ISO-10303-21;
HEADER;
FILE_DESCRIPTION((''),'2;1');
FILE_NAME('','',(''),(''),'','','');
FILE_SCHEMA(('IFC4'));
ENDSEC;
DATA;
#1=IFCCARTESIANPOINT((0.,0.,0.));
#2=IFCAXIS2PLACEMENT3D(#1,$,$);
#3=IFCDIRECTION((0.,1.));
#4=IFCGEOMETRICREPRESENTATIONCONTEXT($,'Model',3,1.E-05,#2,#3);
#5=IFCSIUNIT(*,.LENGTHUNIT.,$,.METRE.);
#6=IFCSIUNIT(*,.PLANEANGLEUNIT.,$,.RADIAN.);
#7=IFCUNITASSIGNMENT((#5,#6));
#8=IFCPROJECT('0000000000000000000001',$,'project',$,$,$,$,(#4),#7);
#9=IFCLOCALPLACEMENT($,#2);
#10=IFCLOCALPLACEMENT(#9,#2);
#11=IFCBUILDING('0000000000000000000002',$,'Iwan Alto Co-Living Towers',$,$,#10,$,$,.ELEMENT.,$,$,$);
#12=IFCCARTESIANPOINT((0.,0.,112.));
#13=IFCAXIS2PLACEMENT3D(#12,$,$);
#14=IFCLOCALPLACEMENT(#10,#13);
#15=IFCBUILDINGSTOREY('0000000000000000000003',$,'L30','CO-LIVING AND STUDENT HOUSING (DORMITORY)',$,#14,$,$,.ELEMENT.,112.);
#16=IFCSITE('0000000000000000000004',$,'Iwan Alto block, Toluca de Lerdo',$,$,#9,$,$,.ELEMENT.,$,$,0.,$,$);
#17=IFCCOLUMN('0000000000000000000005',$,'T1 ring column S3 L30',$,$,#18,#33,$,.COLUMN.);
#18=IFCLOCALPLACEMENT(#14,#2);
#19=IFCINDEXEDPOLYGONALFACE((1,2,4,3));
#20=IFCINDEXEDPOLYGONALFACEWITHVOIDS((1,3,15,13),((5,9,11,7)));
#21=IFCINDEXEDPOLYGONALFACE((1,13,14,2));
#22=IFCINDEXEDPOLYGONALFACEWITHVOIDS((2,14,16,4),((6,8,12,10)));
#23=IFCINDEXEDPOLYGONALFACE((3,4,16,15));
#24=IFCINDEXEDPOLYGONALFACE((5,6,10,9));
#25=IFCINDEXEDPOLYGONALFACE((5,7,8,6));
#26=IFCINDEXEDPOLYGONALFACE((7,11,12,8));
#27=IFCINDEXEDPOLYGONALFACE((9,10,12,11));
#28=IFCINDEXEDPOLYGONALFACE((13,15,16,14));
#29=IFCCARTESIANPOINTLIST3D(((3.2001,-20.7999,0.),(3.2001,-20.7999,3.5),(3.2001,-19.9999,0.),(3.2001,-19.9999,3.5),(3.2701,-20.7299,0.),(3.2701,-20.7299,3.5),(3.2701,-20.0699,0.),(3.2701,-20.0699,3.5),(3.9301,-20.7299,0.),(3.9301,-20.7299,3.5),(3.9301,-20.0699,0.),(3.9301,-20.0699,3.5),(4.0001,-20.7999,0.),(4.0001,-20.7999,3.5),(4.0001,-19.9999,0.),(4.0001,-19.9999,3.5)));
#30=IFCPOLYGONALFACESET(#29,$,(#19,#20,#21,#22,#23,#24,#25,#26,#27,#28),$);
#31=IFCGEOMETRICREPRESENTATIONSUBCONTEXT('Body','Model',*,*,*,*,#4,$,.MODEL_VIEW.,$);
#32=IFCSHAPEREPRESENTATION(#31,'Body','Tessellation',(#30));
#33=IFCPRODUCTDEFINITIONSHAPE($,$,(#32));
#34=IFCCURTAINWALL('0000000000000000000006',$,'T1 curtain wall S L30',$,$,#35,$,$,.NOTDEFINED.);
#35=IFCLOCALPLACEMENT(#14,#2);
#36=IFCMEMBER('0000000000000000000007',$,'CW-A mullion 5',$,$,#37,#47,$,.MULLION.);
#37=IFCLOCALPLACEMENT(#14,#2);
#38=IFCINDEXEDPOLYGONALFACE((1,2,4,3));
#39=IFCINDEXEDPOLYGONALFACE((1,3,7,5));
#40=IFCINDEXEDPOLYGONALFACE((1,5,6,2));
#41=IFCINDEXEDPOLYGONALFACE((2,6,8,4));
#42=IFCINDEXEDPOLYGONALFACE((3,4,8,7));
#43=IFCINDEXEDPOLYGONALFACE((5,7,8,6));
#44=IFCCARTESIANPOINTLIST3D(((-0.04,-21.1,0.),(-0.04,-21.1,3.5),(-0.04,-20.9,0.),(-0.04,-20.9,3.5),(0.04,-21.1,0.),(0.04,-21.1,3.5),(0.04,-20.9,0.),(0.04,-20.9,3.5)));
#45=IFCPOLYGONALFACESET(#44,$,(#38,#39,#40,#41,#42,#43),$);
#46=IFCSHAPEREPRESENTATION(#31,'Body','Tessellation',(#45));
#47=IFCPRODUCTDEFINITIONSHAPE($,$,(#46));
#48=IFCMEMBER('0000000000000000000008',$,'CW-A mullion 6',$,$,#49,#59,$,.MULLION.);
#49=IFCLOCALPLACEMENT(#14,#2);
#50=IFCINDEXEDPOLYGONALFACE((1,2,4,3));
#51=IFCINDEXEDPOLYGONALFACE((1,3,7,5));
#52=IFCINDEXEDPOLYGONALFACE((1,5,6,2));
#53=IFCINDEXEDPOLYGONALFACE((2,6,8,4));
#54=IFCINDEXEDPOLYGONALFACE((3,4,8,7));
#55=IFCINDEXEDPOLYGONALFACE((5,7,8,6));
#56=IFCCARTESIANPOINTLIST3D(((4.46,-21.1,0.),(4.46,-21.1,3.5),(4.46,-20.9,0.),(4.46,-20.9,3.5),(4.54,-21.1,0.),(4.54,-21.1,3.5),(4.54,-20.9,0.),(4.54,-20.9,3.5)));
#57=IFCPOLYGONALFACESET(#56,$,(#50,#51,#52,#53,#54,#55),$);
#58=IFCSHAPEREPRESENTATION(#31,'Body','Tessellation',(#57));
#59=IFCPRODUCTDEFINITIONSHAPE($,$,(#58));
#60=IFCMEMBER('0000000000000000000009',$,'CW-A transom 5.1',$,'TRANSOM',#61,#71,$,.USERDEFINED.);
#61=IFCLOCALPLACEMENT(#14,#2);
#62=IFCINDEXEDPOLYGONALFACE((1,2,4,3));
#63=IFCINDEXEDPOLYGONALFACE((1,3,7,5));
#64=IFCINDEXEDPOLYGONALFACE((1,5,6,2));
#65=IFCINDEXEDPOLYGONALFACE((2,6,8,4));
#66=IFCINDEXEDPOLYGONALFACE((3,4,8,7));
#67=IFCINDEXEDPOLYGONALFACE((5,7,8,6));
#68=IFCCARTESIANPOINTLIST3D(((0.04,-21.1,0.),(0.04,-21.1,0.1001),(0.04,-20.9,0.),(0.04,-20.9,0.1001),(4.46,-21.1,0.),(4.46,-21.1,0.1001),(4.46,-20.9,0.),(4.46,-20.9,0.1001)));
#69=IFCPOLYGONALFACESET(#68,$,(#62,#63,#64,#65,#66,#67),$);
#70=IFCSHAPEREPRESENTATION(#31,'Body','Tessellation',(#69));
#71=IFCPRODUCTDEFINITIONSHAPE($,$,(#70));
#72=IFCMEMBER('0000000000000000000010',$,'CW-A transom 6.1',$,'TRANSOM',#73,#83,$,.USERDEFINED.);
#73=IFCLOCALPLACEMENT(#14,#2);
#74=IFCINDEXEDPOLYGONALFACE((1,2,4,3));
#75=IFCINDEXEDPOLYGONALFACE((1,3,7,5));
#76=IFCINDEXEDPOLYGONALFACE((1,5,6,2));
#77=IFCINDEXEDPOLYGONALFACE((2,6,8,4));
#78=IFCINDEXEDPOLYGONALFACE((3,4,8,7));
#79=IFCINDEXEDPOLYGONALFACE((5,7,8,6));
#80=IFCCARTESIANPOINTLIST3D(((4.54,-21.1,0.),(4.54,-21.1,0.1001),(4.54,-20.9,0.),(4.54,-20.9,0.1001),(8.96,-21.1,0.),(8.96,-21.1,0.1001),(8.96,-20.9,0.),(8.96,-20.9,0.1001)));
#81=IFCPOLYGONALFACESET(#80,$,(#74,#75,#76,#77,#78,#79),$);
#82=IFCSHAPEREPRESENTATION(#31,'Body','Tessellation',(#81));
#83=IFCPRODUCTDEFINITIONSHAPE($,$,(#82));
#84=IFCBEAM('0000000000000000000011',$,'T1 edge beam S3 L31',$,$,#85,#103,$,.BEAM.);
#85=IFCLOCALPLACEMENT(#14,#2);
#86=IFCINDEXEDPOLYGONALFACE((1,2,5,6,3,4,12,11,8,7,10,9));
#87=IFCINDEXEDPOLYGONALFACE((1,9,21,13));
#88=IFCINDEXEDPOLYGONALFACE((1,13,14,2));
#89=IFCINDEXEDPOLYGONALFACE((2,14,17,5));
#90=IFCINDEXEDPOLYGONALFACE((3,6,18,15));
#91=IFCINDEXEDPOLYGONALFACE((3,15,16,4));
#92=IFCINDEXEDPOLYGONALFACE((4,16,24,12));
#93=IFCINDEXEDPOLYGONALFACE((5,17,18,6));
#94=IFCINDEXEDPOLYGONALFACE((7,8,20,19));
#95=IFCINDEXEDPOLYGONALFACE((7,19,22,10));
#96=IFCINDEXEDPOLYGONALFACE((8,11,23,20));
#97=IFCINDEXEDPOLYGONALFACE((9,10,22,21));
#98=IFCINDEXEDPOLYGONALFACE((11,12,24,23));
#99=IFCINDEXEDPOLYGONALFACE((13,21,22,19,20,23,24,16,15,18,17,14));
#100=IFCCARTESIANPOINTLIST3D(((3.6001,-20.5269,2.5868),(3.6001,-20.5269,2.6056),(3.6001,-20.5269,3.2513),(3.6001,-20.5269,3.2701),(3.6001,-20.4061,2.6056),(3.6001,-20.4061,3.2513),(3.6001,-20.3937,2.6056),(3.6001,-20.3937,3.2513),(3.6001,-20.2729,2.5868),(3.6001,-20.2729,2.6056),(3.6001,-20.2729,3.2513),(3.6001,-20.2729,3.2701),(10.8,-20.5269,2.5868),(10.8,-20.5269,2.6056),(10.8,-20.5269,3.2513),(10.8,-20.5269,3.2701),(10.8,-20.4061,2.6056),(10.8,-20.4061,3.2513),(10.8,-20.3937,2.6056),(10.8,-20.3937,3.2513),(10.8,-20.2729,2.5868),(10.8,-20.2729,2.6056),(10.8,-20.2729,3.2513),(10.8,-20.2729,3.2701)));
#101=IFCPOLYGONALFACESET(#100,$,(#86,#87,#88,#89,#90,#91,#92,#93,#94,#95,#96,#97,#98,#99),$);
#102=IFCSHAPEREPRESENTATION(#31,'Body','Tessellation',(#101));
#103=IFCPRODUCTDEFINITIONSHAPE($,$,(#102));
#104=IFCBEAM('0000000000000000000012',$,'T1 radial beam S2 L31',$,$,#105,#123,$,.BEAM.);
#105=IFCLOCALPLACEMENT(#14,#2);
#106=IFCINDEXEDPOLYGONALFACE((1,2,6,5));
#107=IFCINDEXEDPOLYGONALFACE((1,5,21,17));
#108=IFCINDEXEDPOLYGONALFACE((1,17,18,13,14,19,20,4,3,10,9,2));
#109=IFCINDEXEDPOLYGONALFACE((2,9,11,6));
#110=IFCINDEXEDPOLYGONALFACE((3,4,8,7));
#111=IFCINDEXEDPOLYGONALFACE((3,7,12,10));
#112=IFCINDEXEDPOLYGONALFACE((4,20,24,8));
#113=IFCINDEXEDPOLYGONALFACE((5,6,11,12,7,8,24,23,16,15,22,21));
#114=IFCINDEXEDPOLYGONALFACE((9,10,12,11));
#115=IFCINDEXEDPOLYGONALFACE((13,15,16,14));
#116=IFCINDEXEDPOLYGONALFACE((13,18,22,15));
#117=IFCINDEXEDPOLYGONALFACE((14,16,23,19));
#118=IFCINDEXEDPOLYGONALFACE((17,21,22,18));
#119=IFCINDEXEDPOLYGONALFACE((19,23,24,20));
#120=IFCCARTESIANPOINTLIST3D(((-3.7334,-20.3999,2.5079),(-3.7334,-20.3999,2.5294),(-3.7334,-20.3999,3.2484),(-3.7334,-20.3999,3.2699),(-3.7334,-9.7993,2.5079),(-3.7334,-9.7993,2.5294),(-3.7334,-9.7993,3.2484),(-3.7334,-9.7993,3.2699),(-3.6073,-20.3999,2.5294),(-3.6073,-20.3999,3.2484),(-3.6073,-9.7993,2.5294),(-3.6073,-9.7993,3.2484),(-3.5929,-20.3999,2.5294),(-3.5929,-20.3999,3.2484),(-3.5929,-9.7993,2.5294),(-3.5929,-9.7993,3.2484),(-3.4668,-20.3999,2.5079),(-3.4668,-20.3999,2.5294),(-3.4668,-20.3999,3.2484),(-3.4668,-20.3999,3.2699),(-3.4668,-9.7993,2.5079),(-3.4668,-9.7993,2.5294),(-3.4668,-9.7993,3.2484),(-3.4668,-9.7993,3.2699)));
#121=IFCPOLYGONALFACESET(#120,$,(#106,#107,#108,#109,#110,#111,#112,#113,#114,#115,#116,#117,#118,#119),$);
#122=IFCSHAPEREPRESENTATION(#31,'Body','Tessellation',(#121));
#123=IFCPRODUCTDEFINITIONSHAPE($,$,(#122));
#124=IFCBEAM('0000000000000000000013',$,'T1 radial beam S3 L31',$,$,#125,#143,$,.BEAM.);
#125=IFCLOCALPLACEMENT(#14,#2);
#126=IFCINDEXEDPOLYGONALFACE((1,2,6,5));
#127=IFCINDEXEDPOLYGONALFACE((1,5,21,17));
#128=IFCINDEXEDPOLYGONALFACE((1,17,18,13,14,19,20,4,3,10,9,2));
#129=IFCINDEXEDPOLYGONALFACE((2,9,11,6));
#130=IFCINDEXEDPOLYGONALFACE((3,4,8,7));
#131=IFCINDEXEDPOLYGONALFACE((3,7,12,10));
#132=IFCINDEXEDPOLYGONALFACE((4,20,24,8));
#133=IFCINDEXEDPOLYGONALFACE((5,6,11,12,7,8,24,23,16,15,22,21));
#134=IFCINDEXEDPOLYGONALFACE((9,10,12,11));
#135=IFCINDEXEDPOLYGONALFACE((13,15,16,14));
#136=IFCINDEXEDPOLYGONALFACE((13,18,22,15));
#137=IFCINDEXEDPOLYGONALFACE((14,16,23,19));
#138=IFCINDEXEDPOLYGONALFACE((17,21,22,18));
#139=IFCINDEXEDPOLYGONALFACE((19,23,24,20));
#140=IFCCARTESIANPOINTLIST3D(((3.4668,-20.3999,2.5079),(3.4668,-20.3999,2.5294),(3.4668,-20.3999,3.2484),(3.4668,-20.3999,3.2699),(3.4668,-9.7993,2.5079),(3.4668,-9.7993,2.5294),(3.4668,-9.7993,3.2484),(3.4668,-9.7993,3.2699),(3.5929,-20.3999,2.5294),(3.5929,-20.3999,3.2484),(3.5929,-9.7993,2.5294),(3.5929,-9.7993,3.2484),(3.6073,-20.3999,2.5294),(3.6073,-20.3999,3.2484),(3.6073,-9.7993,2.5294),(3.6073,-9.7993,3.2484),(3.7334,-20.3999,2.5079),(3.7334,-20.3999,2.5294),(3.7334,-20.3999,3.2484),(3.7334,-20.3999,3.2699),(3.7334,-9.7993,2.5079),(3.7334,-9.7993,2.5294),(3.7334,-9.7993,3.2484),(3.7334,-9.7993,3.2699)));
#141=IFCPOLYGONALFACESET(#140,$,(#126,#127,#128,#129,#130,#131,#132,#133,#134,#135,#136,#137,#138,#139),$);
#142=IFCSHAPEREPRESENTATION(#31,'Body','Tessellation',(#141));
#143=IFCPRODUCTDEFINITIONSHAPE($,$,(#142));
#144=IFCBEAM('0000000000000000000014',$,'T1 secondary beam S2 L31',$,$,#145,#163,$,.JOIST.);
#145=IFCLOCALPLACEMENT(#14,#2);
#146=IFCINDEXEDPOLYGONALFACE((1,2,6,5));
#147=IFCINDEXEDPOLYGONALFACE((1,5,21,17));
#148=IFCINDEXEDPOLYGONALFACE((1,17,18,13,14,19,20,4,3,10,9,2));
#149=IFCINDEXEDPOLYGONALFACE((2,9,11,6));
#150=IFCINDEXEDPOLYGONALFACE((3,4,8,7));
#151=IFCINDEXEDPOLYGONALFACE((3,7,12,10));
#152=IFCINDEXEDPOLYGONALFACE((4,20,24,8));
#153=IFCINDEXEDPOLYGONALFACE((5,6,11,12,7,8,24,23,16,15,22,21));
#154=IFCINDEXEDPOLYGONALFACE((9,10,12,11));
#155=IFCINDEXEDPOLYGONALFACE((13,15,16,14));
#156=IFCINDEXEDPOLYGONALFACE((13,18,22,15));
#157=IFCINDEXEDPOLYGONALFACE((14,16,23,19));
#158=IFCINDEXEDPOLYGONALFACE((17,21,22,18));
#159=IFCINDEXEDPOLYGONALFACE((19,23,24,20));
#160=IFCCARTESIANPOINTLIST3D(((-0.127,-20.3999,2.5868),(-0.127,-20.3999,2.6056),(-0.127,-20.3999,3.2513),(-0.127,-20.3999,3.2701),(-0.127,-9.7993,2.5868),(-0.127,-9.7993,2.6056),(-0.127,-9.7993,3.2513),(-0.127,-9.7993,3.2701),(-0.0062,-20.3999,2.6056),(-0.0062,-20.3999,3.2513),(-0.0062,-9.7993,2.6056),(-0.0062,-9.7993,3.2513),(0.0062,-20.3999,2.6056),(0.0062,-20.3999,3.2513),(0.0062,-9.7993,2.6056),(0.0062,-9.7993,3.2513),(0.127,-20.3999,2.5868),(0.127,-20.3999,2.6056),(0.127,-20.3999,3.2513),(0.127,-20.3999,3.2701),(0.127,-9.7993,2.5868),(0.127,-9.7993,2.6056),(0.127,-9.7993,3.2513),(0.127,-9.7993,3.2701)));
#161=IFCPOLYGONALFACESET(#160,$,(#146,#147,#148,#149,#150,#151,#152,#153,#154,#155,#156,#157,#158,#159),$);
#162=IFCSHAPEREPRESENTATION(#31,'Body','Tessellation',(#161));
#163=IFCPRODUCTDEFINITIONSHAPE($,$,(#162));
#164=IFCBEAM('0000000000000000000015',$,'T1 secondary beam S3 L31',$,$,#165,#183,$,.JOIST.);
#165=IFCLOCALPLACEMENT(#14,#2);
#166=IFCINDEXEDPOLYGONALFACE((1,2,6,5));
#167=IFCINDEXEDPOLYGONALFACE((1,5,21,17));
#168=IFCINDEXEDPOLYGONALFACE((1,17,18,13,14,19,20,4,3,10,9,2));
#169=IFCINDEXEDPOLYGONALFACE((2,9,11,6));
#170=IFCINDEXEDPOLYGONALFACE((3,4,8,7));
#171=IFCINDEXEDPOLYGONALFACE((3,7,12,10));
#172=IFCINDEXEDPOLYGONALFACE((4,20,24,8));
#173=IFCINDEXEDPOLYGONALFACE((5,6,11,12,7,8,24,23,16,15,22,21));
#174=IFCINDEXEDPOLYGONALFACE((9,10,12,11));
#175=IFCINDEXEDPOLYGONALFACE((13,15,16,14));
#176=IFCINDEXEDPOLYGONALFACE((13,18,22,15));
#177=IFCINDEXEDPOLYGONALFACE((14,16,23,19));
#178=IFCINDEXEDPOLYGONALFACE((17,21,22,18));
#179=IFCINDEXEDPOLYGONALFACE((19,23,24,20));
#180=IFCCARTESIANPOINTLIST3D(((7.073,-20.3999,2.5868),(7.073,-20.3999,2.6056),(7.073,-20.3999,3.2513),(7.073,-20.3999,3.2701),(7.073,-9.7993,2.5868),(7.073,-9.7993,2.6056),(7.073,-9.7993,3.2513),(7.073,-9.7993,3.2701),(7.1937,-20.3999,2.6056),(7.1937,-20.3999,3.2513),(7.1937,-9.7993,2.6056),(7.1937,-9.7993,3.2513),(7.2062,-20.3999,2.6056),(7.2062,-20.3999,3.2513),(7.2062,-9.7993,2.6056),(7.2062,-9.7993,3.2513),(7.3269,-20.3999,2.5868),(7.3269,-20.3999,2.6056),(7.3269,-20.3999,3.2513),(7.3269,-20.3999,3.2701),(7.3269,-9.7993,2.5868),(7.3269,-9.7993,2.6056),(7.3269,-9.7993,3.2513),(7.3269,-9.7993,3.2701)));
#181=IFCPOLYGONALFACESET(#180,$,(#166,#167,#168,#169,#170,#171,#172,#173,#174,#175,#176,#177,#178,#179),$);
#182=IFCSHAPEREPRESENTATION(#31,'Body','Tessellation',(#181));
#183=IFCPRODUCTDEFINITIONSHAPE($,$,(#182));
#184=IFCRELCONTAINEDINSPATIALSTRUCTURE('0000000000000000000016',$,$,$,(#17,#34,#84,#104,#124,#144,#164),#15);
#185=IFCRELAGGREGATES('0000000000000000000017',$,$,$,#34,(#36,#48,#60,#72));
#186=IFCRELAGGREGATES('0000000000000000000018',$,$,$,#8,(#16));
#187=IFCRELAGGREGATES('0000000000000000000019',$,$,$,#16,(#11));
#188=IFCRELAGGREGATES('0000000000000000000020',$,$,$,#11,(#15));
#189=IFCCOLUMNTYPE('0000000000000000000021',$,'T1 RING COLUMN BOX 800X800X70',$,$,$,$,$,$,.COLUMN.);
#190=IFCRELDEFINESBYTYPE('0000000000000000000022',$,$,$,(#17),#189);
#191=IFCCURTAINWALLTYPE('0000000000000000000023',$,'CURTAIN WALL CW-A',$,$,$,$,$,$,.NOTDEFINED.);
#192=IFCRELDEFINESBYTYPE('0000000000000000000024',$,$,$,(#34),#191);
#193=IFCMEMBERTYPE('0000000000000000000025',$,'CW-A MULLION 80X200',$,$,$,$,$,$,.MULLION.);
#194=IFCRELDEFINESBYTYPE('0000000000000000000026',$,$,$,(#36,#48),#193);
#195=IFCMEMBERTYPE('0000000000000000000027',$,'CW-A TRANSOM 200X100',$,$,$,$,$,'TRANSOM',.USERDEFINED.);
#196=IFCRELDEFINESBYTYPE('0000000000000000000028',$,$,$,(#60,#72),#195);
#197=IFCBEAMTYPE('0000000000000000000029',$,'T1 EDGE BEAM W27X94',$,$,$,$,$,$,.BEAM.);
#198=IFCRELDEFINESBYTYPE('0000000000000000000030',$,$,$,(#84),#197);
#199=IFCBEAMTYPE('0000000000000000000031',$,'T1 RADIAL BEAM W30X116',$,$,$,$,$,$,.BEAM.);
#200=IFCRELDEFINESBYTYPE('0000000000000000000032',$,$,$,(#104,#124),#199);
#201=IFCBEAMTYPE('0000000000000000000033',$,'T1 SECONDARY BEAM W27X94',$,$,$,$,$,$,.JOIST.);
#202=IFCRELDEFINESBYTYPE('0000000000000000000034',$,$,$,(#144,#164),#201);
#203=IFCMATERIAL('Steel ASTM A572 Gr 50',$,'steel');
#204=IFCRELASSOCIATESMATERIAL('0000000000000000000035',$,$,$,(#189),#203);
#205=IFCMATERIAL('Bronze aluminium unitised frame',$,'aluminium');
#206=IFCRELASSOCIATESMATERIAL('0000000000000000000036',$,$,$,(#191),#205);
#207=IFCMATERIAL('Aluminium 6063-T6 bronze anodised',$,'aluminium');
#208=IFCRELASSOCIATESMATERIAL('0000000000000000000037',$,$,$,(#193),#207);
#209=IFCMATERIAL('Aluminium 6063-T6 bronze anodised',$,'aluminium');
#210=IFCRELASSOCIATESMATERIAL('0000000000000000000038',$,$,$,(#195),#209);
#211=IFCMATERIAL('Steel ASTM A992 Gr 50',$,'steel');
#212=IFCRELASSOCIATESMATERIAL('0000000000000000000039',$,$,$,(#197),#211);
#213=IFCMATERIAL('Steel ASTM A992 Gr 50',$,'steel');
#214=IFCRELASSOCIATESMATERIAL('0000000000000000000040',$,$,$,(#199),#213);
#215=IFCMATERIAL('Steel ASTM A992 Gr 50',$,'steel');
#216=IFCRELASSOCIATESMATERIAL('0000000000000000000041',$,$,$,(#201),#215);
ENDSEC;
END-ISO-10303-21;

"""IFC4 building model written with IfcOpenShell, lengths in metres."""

from ifc_helpers import new_model, si_unit, direction, frame, origin, origin_2d, place, context, subcontext, project, spatial, rectangle, hollow_rectangle, i_section, extrude, material, material_profile, profile_set, type_object, element, aggregate, save


model = new_model("IFC4")

# Units and contexts
model_context = context("Model", 3, precision=1e-05, world=origin(), true_north=direction((0.0, 1.0)))
body_context = subcontext(model_context, "Body", "Model", "MODEL_VIEW")
ifc_project = project(units=[si_unit("LENGTHUNIT", "METRE"), si_unit("PLANEANGLEUNIT", "RADIAN")], contexts=[model_context])

# Site, building, storey
site_placement = place(None, origin())
site = spatial("IfcSite", under=ifc_project, at=site_placement, Name="Iwan Alto block, Toluca de Lerdo", CompositionType="ELEMENT", RefElevation=0.0)
building_placement = place(site_placement, origin())
building = spatial("IfcBuilding", under=site, at=building_placement, Name="Iwan Alto Co-Living Towers", CompositionType="ELEMENT")
storey_placement = place(building_placement, frame((0.0, 0.0, 112.0)))
storey = spatial("IfcBuildingStorey", under=building, at=storey_placement, Name="L30", Description="CO-LIVING AND STUDENT HOUSING (DORMITORY)", CompositionType="ELEMENT", Elevation=112.0)

# Column
ifc_material_1 = material(Name="Steel ASTM A572 Gr 50", Category="steel")
ifc_material_profile_1 = material_profile(ifc_material_1, hollow_rectangle(XDim=0.8, YDim=0.8, WallThickness=0.0701, at=origin_2d()), Name="BOX 800X800X70")
ifc_profile_set_1 = profile_set([ifc_material_profile_1], Name="Steel ASTM A572 Gr 50")
column_type = type_object("IfcColumnType", Name="T1 RING COLUMN BOX 800X800X70", PredefinedType="COLUMN", material=ifc_profile_set_1)
column_placement = place(storey_placement, frame((3.6001, -20.3999, 0.0), z_axis=(0.0, 0.0, 1.0), x_axis=(1.0, 0.0, 0.0)))
element("IfcColumn", 1, at=column_placement, inside=storey, type_object=column_type, Name="T1 ring column S3 L30", PredefinedType="COLUMN", context=body_context, shape_type="SweptSolid", body=[
    extrude(hollow_rectangle(XDim=0.8, YDim=0.8, WallThickness=0.0701, at=origin_2d()), origin(), (0.0, 0.0, 1.0), 3.5),
])

# Curtain wall, members
ifc_material_2 = material(Name="Bronze aluminium unitised frame", Category="aluminium")
curtain_wall_type = type_object("IfcCurtainWallType", Name="CURTAIN WALL CW-A", PredefinedType="NOTDEFINED", material=ifc_material_2)
curtain_wall_placement = place(storey_placement, origin())
curtain_wall = element("IfcCurtainWall", 2, at=curtain_wall_placement, inside=storey, type_object=curtain_wall_type, Name="T1 curtain wall S L30", PredefinedType="NOTDEFINED")
ifc_material_3 = material(Name="Aluminium 6063-T6 bronze anodised", Category="aluminium")
ifc_material_profile_2 = material_profile(ifc_material_3, rectangle(XDim=0.2, YDim=0.0801, at=origin_2d()), Name="AL 80X200")
ifc_profile_set_2 = profile_set([ifc_material_profile_2], Name="Aluminium 6063-T6 bronze anodised")
member_type_1 = type_object("IfcMemberType", Name="CW-A MULLION 80X200", PredefinedType="MULLION", material=ifc_profile_set_2)
member_1_placement = place(storey_placement, frame((0.0, -21.0, 0.0), z_axis=(0.0, 0.0, 1.0), x_axis=(0.0, 1.0, 0.0)))
member_1 = element("IfcMember", 3, at=member_1_placement, type_object=member_type_1, Name="CW-A mullion 5", PredefinedType="MULLION", context=body_context, shape_type="SweptSolid", body=[
    extrude(rectangle(XDim=0.2, YDim=0.0801, at=origin_2d()), origin(), (0.0, 0.0, 1.0), 3.5),
])
member_2_placement = place(storey_placement, frame((4.5, -21.0, 0.0), z_axis=(0.0, 0.0, 1.0), x_axis=(0.0, 1.0, 0.0)))
member_2 = element("IfcMember", 4, at=member_2_placement, type_object=member_type_1, Name="CW-A mullion 6", PredefinedType="MULLION", context=body_context, shape_type="SweptSolid", body=[
    extrude(rectangle(XDim=0.2, YDim=0.0801, at=origin_2d()), origin(), (0.0, 0.0, 1.0), 3.5),
])
ifc_material_4 = material(Name="Aluminium 6063-T6 bronze anodised", Category="aluminium")
ifc_material_profile_3 = material_profile(ifc_material_4, rectangle(XDim=0.2, YDim=0.1001, at=origin_2d()), Name="AL 200X100")
ifc_profile_set_3 = profile_set([ifc_material_profile_3], Name="Aluminium 6063-T6 bronze anodised")
member_type_2 = type_object("IfcMemberType", Name="CW-A TRANSOM 200X100", ElementType="TRANSOM", PredefinedType="USERDEFINED", material=ifc_profile_set_3)
member_3_placement = place(storey_placement, frame((0.04, -21.0, 0.05), z_axis=(1.0, 0.0, 0.0), x_axis=(0.0, 1.0, 0.0)))
member_3 = element("IfcMember", 5, at=member_3_placement, type_object=member_type_2, Name="CW-A transom 5.1", ObjectType="TRANSOM", PredefinedType="USERDEFINED", context=body_context, shape_type="SweptSolid", body=[
    extrude(rectangle(XDim=0.2, YDim=0.1001, at=origin_2d()), origin(), (0.0, 0.0, 1.0), 4.4199),
])
member_4_placement = place(storey_placement, frame((4.54, -21.0, 0.05), z_axis=(1.0, 0.0, 0.0), x_axis=(0.0, 1.0, 0.0)))
member_4 = element("IfcMember", 6, at=member_4_placement, type_object=member_type_2, Name="CW-A transom 6.1", ObjectType="TRANSOM", PredefinedType="USERDEFINED", context=body_context, shape_type="SweptSolid", body=[
    extrude(rectangle(XDim=0.2, YDim=0.1001, at=origin_2d()), origin(), (0.0, 0.0, 1.0), 4.4199),
])

# Beams
ifc_material_5 = material(Name="Steel ASTM A992 Gr 50", Category="steel")
ifc_material_profile_4 = material_profile(ifc_material_5, i_section(OverallWidth=0.2539, OverallDepth=0.6833, WebThickness=0.0125, FlangeThickness=0.0188, at=origin_2d()), Name="W27X94")
ifc_profile_set_4 = profile_set([ifc_material_profile_4], Name="Steel ASTM A992 Gr 50")
beam_type_1 = type_object("IfcBeamType", Name="T1 EDGE BEAM W27X94", PredefinedType="BEAM", material=ifc_profile_set_4)
beam_placement = place(storey_placement, frame((3.6001, -20.3999, 2.9285), z_axis=(1.0, 0.0, 0.0), x_axis=(0.0, 1.0, 0.0)))
element("IfcBeam", 7, at=beam_placement, inside=storey, type_object=beam_type_1, Name="T1 edge beam S3 L31", PredefinedType="BEAM", context=body_context, shape_type="SweptSolid", body=[
    extrude(i_section(OverallWidth=0.2539, OverallDepth=0.6833, WebThickness=0.0125, FlangeThickness=0.0188, at=origin_2d()), origin(), (0.0, 0.0, 1.0), 7.2),
])
ifc_material_6 = material(Name="Steel ASTM A992 Gr 50", Category="steel")
ifc_material_profile_5 = material_profile(ifc_material_6, i_section(OverallWidth=0.2666, OverallDepth=0.762, WebThickness=0.0144, FlangeThickness=0.0215, at=origin_2d()), Name="W30X116")
ifc_profile_set_5 = profile_set([ifc_material_profile_5], Name="Steel ASTM A992 Gr 50")
beam_type_2 = type_object("IfcBeamType", Name="T1 RADIAL BEAM W30X116", PredefinedType="BEAM", material=ifc_profile_set_5)
for number, where, z_axis, x_axis, name in (
    (8, (-3.6001, -20.3999, 2.8889), (0.0, 1.0, 0.0), (-1.0, 0.0, 0.0), "T1 radial beam S2 L31"),
    (9, (3.6001, -20.3999, 2.8889), (0.0, 1.0, 0.0), (-1.0, 0.0, 0.0), "T1 radial beam S3 L31"),
):
    element("IfcBeam", number, at=place(storey_placement, frame(where, z_axis=z_axis, x_axis=x_axis)), inside=storey, type_object=beam_type_2, Name=name, PredefinedType="BEAM", context=body_context, shape_type="SweptSolid", body=[
        extrude(i_section(OverallWidth=0.2666, OverallDepth=0.762, WebThickness=0.0144, FlangeThickness=0.0215, at=origin_2d()), origin(), (0.0, 0.0, 1.0), 10.6006),
    ])
ifc_material_7 = material(Name="Steel ASTM A992 Gr 50", Category="steel")
ifc_material_profile_6 = material_profile(ifc_material_7, i_section(OverallWidth=0.2539, OverallDepth=0.6833, WebThickness=0.0125, FlangeThickness=0.0188, at=origin_2d()), Name="W27X94")
ifc_profile_set_6 = profile_set([ifc_material_profile_6], Name="Steel ASTM A992 Gr 50")
beam_type_3 = type_object("IfcBeamType", Name="T1 SECONDARY BEAM W27X94", PredefinedType="JOIST", material=ifc_profile_set_6)
for number, where, z_axis, x_axis, name in (
    (10, (0.0, -20.3999, 2.9285), (0.0, 1.0, 0.0), (-1.0, 0.0, 0.0), "T1 secondary beam S2 L31"),
    (11, (7.2, -20.3999, 2.9285), (0.0, 1.0, 0.0), (-1.0, 0.0, 0.0), "T1 secondary beam S3 L31"),
):
    element("IfcBeam", number, at=place(storey_placement, frame(where, z_axis=z_axis, x_axis=x_axis)), inside=storey, type_object=beam_type_3, Name=name, PredefinedType="JOIST", context=body_context, shape_type="SweptSolid", body=[
        extrude(i_section(OverallWidth=0.2539, OverallDepth=0.6833, WebThickness=0.0125, FlangeThickness=0.0188, at=origin_2d()), origin(), (0.0, 0.0, 1.0), 10.6006),
    ])

aggregate(curtain_wall, [member_1, member_2, member_3, member_4])

save(model, "model.ifc")
